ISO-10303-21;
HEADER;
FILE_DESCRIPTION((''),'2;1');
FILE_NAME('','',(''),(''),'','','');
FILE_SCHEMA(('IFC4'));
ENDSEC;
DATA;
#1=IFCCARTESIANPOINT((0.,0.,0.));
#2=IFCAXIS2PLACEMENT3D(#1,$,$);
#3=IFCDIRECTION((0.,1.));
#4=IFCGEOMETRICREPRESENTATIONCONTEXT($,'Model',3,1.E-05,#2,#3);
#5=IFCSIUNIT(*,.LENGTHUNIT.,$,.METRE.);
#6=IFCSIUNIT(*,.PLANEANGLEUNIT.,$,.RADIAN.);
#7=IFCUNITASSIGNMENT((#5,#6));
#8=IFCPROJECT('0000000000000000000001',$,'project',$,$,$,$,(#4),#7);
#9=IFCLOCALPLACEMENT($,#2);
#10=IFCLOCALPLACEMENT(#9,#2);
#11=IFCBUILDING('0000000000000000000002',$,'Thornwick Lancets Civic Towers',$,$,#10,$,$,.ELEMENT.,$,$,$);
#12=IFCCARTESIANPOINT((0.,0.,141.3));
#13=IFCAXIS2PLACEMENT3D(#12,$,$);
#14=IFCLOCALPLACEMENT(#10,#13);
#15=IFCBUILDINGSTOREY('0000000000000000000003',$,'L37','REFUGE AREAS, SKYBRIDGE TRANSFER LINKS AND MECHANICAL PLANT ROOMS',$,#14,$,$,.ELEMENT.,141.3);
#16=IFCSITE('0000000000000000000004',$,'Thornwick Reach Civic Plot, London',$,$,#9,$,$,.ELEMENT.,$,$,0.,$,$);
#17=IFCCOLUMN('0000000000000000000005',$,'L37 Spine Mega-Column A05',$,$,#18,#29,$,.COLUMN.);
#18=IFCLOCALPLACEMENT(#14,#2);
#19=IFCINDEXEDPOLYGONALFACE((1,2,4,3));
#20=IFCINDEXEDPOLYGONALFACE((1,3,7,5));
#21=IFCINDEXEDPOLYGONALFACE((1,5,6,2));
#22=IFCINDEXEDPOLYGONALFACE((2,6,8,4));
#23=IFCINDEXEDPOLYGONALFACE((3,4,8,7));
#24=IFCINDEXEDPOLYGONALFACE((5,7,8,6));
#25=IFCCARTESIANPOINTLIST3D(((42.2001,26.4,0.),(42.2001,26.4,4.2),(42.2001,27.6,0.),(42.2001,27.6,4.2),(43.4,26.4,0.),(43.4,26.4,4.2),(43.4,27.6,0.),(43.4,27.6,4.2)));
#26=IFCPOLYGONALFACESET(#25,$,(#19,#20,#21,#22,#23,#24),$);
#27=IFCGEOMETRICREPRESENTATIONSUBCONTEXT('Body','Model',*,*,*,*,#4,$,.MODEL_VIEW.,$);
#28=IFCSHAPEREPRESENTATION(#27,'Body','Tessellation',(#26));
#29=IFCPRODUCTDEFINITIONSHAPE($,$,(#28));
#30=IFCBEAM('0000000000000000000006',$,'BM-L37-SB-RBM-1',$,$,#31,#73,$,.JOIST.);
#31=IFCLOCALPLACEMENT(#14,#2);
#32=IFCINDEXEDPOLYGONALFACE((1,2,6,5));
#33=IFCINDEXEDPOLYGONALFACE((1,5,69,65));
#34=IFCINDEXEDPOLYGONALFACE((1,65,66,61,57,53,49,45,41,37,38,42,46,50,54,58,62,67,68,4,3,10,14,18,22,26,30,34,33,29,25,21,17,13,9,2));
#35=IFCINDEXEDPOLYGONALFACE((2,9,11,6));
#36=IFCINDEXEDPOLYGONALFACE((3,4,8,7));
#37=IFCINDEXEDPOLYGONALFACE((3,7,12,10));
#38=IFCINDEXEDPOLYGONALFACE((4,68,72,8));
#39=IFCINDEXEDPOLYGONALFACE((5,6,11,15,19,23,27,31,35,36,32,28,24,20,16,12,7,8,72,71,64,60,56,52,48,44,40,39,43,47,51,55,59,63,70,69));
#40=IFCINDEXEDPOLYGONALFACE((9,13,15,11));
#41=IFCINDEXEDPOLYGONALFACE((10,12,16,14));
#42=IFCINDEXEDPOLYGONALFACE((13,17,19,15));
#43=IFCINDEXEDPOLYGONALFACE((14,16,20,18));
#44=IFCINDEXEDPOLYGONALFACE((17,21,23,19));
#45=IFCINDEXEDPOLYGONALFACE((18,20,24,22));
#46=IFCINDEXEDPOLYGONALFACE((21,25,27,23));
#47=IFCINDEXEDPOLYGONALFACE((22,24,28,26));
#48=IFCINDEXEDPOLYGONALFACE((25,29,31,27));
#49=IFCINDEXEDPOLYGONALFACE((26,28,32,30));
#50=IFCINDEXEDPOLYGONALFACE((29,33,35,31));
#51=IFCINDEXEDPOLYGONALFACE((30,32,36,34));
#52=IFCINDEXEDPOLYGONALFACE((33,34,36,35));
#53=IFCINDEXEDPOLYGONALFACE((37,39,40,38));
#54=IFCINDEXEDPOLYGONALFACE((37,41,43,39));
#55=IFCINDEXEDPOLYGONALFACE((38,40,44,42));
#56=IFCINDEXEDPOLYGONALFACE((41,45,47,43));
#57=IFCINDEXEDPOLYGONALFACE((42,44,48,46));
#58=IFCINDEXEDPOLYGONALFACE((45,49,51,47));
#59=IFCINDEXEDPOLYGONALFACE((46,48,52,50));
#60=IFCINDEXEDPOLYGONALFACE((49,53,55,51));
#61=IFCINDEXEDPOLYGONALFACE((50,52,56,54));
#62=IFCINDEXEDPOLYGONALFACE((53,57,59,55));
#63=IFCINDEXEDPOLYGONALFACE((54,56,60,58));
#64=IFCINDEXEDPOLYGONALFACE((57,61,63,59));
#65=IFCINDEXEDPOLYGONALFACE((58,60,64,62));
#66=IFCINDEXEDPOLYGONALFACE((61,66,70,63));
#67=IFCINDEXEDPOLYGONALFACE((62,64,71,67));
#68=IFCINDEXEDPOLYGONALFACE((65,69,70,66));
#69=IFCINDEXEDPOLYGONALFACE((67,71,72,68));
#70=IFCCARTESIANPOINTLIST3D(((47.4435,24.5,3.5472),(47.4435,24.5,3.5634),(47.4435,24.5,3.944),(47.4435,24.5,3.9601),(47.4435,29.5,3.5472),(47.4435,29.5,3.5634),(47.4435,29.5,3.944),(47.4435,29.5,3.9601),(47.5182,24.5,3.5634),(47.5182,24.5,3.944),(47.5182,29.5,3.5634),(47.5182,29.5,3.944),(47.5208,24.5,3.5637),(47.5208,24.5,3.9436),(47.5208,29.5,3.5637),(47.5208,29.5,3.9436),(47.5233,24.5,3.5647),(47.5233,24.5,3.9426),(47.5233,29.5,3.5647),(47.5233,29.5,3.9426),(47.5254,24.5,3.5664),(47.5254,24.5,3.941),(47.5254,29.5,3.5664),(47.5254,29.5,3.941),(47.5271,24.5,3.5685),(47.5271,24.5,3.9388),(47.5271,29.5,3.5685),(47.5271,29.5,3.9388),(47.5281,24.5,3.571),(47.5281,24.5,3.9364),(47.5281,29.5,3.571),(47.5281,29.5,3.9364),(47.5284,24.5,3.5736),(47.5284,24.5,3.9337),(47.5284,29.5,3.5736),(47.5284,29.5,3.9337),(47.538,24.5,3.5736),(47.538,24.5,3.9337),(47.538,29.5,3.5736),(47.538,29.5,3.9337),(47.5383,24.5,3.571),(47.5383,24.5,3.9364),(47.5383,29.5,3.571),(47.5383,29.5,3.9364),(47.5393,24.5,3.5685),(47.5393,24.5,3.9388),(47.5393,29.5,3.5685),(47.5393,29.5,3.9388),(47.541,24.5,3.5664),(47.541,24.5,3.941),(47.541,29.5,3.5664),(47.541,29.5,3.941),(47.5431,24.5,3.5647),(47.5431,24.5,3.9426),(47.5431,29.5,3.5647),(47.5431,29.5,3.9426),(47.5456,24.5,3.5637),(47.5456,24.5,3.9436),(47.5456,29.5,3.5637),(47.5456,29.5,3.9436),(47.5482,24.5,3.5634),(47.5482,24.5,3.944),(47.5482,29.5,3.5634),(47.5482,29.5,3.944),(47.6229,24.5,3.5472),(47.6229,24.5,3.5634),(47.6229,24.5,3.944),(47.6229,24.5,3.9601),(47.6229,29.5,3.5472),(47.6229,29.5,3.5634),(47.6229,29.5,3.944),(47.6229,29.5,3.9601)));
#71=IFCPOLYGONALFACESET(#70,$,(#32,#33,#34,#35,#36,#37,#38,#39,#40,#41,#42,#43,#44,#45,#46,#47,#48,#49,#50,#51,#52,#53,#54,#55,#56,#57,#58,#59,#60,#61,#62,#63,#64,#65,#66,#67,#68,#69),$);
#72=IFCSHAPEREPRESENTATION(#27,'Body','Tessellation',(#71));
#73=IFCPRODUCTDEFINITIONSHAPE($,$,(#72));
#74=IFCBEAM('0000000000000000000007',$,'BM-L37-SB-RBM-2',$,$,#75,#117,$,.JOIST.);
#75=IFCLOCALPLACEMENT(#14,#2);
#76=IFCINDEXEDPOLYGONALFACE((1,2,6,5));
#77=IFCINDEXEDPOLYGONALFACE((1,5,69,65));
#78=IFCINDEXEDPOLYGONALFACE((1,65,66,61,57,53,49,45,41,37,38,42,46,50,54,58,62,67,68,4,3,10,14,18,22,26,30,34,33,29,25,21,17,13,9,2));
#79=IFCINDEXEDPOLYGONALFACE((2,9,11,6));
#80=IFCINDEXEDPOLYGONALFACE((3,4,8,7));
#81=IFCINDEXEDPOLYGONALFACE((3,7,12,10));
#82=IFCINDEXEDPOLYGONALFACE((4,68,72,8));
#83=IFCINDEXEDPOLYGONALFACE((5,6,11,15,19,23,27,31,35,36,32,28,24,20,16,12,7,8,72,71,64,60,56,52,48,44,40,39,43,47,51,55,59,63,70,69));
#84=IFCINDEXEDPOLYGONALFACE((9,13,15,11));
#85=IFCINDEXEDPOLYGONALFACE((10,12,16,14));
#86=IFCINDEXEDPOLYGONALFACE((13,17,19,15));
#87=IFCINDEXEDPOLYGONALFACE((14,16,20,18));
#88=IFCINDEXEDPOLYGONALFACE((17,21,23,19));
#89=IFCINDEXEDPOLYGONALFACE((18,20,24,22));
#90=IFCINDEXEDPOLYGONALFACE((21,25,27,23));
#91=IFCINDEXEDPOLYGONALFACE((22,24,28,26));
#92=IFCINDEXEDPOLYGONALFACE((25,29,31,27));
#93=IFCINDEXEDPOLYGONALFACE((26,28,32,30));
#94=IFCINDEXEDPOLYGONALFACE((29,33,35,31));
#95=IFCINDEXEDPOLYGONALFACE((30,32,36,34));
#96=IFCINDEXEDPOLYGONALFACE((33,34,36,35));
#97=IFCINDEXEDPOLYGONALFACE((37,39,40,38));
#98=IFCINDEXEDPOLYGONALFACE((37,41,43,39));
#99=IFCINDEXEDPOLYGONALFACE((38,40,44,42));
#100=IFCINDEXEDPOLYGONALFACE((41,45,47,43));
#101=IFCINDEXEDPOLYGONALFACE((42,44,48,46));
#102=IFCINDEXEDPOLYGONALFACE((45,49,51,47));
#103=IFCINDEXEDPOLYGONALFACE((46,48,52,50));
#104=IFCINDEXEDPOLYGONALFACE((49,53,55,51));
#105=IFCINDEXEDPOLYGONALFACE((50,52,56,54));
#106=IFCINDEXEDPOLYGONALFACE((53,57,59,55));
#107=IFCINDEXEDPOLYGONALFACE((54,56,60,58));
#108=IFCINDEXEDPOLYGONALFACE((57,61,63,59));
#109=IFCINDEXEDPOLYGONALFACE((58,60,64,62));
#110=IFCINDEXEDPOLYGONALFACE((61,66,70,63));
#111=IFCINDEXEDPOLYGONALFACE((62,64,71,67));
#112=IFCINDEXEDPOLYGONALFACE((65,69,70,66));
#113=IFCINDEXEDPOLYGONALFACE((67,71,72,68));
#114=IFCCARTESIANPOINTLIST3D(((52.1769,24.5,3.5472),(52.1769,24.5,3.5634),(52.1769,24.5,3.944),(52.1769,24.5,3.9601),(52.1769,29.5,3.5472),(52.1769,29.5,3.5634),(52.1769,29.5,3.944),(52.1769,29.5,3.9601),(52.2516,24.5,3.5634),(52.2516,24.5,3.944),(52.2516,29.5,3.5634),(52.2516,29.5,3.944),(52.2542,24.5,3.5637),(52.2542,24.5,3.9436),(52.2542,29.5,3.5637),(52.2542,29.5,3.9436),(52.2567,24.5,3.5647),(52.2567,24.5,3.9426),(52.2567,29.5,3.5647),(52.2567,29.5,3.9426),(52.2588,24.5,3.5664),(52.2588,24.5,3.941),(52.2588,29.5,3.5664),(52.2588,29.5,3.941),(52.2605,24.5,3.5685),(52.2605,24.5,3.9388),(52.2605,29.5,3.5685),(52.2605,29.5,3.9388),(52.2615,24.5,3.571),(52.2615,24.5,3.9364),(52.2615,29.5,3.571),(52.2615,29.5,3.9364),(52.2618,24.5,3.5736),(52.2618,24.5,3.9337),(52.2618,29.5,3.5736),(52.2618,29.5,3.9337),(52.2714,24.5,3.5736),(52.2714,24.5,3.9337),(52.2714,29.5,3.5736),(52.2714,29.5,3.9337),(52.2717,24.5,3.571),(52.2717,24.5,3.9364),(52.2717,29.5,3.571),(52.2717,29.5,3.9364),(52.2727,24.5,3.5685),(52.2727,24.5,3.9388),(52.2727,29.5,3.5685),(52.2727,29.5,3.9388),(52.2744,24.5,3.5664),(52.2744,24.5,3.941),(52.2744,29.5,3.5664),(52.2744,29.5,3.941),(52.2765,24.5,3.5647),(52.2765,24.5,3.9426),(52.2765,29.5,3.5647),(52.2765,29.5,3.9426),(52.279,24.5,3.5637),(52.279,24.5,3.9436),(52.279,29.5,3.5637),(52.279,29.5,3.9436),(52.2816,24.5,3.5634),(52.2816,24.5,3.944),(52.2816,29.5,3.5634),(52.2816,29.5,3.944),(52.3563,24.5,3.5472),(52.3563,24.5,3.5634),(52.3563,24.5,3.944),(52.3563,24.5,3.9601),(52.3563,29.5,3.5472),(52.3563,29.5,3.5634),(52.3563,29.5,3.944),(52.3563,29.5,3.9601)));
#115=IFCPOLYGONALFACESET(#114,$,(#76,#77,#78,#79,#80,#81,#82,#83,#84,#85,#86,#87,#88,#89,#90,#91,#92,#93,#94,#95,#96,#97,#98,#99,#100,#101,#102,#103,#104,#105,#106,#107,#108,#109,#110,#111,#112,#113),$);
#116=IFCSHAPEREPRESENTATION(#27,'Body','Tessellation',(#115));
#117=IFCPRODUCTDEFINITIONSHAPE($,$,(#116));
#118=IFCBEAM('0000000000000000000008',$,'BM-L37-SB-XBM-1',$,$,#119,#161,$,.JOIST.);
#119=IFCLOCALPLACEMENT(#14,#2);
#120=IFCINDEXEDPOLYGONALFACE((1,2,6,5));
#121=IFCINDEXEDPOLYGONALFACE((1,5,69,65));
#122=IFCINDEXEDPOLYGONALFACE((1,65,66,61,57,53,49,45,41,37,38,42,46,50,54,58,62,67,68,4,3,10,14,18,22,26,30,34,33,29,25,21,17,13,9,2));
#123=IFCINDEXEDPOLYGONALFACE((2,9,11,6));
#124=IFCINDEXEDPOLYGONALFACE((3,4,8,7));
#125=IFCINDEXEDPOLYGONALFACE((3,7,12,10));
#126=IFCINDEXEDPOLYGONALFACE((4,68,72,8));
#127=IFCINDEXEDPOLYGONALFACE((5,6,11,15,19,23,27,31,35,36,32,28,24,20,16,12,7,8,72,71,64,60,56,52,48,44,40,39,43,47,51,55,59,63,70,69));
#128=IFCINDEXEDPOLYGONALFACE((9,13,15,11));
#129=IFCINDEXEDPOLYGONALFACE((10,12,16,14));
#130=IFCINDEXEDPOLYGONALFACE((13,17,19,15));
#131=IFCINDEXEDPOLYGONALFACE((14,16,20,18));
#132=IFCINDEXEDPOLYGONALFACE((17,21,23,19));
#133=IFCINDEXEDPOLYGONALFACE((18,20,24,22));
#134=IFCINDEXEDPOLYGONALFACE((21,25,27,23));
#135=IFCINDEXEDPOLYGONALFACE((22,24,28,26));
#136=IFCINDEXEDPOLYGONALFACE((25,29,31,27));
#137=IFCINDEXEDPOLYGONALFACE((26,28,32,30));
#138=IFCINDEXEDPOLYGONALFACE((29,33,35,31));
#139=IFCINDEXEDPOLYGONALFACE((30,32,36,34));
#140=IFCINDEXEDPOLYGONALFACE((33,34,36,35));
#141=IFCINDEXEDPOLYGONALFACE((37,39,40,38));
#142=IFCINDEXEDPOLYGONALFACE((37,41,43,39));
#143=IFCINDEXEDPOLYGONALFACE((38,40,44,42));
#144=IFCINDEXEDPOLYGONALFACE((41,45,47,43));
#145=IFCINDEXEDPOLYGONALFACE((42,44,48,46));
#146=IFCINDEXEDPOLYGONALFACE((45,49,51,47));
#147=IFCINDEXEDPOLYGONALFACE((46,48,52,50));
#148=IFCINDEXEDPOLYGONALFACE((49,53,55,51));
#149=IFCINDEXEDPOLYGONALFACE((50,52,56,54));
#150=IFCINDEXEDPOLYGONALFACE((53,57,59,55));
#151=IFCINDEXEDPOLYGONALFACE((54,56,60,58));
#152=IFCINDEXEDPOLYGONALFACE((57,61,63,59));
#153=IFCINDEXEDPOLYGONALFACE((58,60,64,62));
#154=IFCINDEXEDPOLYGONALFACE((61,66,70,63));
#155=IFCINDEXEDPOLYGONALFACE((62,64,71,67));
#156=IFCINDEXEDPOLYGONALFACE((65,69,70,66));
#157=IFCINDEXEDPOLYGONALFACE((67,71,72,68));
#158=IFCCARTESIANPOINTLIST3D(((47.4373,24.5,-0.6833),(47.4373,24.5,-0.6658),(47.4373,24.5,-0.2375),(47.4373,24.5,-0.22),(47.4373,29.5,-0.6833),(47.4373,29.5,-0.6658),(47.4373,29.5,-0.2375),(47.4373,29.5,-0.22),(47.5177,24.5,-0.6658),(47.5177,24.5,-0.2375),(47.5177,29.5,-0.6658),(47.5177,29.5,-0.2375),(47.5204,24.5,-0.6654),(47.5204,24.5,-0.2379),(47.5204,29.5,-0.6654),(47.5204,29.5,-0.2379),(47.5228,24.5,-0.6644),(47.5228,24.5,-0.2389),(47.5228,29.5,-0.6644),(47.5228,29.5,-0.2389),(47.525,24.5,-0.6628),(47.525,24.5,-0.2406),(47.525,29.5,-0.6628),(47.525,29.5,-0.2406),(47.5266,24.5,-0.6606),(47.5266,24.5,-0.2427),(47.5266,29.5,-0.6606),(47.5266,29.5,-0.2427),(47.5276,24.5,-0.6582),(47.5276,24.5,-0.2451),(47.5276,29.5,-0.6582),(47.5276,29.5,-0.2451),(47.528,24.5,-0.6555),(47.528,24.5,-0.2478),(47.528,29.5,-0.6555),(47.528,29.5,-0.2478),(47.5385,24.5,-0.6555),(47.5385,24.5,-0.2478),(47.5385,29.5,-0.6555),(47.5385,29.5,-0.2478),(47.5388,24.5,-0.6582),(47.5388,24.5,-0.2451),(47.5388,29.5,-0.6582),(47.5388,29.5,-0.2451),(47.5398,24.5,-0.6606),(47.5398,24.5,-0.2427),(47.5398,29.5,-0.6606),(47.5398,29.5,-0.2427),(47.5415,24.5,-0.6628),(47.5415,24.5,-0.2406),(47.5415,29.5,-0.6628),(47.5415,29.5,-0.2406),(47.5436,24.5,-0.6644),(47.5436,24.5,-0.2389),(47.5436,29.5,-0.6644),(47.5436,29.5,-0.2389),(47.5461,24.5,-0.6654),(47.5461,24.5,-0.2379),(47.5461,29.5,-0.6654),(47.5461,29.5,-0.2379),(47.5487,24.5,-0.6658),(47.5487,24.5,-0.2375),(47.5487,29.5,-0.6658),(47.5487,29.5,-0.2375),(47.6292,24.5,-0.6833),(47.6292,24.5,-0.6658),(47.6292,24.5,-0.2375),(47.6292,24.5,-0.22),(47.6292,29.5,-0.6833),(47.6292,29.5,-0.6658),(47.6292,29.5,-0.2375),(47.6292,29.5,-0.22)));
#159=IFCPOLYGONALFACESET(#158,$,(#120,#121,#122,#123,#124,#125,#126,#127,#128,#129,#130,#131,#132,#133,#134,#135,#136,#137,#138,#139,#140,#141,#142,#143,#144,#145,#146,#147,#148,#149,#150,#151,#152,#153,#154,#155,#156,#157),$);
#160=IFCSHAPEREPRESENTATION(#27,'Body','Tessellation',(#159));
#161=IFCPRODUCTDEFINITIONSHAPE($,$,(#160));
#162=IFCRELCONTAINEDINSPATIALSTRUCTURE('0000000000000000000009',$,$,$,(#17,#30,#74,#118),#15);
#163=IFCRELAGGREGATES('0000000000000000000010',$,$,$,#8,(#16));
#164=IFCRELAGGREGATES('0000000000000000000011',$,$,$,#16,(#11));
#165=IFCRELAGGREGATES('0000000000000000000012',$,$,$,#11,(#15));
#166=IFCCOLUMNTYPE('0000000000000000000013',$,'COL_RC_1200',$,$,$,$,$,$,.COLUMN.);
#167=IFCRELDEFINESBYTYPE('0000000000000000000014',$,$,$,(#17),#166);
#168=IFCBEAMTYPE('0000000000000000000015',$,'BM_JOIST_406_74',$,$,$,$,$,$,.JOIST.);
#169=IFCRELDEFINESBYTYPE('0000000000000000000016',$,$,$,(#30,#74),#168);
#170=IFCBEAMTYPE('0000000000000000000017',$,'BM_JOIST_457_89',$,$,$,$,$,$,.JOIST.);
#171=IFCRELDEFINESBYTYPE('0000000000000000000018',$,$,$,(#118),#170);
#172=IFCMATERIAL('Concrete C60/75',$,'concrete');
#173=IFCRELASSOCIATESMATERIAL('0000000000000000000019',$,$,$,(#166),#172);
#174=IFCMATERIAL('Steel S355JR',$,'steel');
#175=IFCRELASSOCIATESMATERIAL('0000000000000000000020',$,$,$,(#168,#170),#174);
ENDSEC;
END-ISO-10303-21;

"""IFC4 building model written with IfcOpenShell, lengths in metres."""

from ifc_helpers import new_model, si_unit, direction, frame, origin, origin_2d, place, context, subcontext, project, spatial, rectangle, i_section, extrude, material, material_profile, profile_set, type_object, element, save


model = new_model("IFC4")

# Units and contexts
model_context = context("Model", 3, precision=1e-05, world=origin(), true_north=direction((0.0, 1.0)))
body_context = subcontext(model_context, "Body", "Model", "MODEL_VIEW")
ifc_project = project(units=[si_unit("LENGTHUNIT", "METRE"), si_unit("PLANEANGLEUNIT", "RADIAN")], contexts=[model_context])

# Site, building, storey
site_placement = place(None, origin())
site = spatial("IfcSite", under=ifc_project, at=site_placement, Name="Thornwick Reach Civic Plot, London", CompositionType="ELEMENT", RefElevation=0.0)
building_placement = place(site_placement, origin())
building = spatial("IfcBuilding", under=site, at=building_placement, Name="Thornwick Lancets Civic Towers", CompositionType="ELEMENT")
storey_placement = place(building_placement, frame((0.0, 0.0, 141.3)))
storey = spatial("IfcBuildingStorey", under=building, at=storey_placement, Name="L37", Description="REFUGE AREAS, SKYBRIDGE TRANSFER LINKS AND MECHANICAL PLANT ROOMS", CompositionType="ELEMENT", Elevation=141.3)

# Column
ifc_material_1 = material(Name="Concrete C60/75", Category="concrete")
ifc_material_profile_1 = material_profile(ifc_material_1, rectangle(XDim=1.2, YDim=1.2, at=origin_2d()), Name="RC 1200x1200")
ifc_profile_set_1 = profile_set([ifc_material_profile_1], Name="Concrete C60/75")
column_type = type_object("IfcColumnType", Name="COL_RC_1200", PredefinedType="COLUMN", material=ifc_profile_set_1)
column_placement = place(storey_placement, frame((42.8, 27.0, 0.0), z_axis=(0.0, 0.0, 1.0), x_axis=(1.0, 0.0, 0.0)))
element("IfcColumn", 1, at=column_placement, inside=storey, type_object=column_type, Name="L37 Spine Mega-Column A05", PredefinedType="COLUMN", context=body_context, shape_type="SweptSolid", body=[
    extrude(rectangle(XDim=1.2, YDim=1.2, at=origin_2d()), origin(), (0.0, 0.0, 1.0), 4.2),
])

# Beams
ifc_material_2 = material(Name="Steel S355JR", Category="steel")
ifc_material_profile_2 = material_profile(ifc_material_2, i_section(OverallWidth=0.1794, OverallDepth=0.4128, WebThickness=0.0095, FlangeThickness=0.0161, FilletRadius=0.0103, at=origin_2d()), Name="UKB 406x178x74")
ifc_profile_set_2 = profile_set([ifc_material_profile_2], Name="Steel S355JR")
beam_type_1 = type_object("IfcBeamType", Name="BM_JOIST_406_74", PredefinedType="JOIST", material=ifc_profile_set_2)
for number, where, z_axis, x_axis, name in (
    (2, (47.5332, 24.5, 3.7537), (0.0, 1.0, 0.0), (-1.0, 0.0, 0.0), "BM-L37-SB-RBM-1"),
    (3, (52.2666, 24.5, 3.7537), (0.0, 1.0, 0.0), (-1.0, 0.0, 0.0), "BM-L37-SB-RBM-2"),
):
    element("IfcBeam", number, at=place(storey_placement, frame(where, z_axis=z_axis, x_axis=x_axis)), inside=storey, type_object=beam_type_1, Name=name, PredefinedType="JOIST", context=body_context, shape_type="SweptSolid", body=[
        extrude(i_section(OverallWidth=0.1794, OverallDepth=0.4128, WebThickness=0.0095, FlangeThickness=0.0161, FilletRadius=0.0103, at=origin_2d()), origin(), (0.0, 0.0, 1.0), 5.0),
    ])
ifc_material_profile_3 = material_profile(ifc_material_2, i_section(OverallWidth=0.1919, OverallDepth=0.4634, WebThickness=0.0105, FlangeThickness=0.0176, FilletRadius=0.0103, at=origin_2d()), Name="UKB 457x191x89")
ifc_profile_set_3 = profile_set([ifc_material_profile_3], Name="Steel S355JR")
beam_type_2 = type_object("IfcBeamType", Name="BM_JOIST_457_89", PredefinedType="JOIST", material=ifc_profile_set_3)
for number, where, z_axis, x_axis, name in (
    (4, (47.5332, 24.5, -0.4517), (0.0, 1.0, 0.0), (-1.0, 0.0, 0.0), "BM-L37-SB-XBM-1"),
):
    element("IfcBeam", number, at=place(storey_placement, frame(where, z_axis=z_axis, x_axis=x_axis)), inside=storey, type_object=beam_type_2, Name=name, PredefinedType="JOIST", context=body_context, shape_type="SweptSolid", body=[
        extrude(i_section(OverallWidth=0.1919, OverallDepth=0.4634, WebThickness=0.0105, FlangeThickness=0.0176, FilletRadius=0.0103, at=origin_2d()), origin(), (0.0, 0.0, 1.0), 5.0),
    ])

save(model, "model.ifc")
